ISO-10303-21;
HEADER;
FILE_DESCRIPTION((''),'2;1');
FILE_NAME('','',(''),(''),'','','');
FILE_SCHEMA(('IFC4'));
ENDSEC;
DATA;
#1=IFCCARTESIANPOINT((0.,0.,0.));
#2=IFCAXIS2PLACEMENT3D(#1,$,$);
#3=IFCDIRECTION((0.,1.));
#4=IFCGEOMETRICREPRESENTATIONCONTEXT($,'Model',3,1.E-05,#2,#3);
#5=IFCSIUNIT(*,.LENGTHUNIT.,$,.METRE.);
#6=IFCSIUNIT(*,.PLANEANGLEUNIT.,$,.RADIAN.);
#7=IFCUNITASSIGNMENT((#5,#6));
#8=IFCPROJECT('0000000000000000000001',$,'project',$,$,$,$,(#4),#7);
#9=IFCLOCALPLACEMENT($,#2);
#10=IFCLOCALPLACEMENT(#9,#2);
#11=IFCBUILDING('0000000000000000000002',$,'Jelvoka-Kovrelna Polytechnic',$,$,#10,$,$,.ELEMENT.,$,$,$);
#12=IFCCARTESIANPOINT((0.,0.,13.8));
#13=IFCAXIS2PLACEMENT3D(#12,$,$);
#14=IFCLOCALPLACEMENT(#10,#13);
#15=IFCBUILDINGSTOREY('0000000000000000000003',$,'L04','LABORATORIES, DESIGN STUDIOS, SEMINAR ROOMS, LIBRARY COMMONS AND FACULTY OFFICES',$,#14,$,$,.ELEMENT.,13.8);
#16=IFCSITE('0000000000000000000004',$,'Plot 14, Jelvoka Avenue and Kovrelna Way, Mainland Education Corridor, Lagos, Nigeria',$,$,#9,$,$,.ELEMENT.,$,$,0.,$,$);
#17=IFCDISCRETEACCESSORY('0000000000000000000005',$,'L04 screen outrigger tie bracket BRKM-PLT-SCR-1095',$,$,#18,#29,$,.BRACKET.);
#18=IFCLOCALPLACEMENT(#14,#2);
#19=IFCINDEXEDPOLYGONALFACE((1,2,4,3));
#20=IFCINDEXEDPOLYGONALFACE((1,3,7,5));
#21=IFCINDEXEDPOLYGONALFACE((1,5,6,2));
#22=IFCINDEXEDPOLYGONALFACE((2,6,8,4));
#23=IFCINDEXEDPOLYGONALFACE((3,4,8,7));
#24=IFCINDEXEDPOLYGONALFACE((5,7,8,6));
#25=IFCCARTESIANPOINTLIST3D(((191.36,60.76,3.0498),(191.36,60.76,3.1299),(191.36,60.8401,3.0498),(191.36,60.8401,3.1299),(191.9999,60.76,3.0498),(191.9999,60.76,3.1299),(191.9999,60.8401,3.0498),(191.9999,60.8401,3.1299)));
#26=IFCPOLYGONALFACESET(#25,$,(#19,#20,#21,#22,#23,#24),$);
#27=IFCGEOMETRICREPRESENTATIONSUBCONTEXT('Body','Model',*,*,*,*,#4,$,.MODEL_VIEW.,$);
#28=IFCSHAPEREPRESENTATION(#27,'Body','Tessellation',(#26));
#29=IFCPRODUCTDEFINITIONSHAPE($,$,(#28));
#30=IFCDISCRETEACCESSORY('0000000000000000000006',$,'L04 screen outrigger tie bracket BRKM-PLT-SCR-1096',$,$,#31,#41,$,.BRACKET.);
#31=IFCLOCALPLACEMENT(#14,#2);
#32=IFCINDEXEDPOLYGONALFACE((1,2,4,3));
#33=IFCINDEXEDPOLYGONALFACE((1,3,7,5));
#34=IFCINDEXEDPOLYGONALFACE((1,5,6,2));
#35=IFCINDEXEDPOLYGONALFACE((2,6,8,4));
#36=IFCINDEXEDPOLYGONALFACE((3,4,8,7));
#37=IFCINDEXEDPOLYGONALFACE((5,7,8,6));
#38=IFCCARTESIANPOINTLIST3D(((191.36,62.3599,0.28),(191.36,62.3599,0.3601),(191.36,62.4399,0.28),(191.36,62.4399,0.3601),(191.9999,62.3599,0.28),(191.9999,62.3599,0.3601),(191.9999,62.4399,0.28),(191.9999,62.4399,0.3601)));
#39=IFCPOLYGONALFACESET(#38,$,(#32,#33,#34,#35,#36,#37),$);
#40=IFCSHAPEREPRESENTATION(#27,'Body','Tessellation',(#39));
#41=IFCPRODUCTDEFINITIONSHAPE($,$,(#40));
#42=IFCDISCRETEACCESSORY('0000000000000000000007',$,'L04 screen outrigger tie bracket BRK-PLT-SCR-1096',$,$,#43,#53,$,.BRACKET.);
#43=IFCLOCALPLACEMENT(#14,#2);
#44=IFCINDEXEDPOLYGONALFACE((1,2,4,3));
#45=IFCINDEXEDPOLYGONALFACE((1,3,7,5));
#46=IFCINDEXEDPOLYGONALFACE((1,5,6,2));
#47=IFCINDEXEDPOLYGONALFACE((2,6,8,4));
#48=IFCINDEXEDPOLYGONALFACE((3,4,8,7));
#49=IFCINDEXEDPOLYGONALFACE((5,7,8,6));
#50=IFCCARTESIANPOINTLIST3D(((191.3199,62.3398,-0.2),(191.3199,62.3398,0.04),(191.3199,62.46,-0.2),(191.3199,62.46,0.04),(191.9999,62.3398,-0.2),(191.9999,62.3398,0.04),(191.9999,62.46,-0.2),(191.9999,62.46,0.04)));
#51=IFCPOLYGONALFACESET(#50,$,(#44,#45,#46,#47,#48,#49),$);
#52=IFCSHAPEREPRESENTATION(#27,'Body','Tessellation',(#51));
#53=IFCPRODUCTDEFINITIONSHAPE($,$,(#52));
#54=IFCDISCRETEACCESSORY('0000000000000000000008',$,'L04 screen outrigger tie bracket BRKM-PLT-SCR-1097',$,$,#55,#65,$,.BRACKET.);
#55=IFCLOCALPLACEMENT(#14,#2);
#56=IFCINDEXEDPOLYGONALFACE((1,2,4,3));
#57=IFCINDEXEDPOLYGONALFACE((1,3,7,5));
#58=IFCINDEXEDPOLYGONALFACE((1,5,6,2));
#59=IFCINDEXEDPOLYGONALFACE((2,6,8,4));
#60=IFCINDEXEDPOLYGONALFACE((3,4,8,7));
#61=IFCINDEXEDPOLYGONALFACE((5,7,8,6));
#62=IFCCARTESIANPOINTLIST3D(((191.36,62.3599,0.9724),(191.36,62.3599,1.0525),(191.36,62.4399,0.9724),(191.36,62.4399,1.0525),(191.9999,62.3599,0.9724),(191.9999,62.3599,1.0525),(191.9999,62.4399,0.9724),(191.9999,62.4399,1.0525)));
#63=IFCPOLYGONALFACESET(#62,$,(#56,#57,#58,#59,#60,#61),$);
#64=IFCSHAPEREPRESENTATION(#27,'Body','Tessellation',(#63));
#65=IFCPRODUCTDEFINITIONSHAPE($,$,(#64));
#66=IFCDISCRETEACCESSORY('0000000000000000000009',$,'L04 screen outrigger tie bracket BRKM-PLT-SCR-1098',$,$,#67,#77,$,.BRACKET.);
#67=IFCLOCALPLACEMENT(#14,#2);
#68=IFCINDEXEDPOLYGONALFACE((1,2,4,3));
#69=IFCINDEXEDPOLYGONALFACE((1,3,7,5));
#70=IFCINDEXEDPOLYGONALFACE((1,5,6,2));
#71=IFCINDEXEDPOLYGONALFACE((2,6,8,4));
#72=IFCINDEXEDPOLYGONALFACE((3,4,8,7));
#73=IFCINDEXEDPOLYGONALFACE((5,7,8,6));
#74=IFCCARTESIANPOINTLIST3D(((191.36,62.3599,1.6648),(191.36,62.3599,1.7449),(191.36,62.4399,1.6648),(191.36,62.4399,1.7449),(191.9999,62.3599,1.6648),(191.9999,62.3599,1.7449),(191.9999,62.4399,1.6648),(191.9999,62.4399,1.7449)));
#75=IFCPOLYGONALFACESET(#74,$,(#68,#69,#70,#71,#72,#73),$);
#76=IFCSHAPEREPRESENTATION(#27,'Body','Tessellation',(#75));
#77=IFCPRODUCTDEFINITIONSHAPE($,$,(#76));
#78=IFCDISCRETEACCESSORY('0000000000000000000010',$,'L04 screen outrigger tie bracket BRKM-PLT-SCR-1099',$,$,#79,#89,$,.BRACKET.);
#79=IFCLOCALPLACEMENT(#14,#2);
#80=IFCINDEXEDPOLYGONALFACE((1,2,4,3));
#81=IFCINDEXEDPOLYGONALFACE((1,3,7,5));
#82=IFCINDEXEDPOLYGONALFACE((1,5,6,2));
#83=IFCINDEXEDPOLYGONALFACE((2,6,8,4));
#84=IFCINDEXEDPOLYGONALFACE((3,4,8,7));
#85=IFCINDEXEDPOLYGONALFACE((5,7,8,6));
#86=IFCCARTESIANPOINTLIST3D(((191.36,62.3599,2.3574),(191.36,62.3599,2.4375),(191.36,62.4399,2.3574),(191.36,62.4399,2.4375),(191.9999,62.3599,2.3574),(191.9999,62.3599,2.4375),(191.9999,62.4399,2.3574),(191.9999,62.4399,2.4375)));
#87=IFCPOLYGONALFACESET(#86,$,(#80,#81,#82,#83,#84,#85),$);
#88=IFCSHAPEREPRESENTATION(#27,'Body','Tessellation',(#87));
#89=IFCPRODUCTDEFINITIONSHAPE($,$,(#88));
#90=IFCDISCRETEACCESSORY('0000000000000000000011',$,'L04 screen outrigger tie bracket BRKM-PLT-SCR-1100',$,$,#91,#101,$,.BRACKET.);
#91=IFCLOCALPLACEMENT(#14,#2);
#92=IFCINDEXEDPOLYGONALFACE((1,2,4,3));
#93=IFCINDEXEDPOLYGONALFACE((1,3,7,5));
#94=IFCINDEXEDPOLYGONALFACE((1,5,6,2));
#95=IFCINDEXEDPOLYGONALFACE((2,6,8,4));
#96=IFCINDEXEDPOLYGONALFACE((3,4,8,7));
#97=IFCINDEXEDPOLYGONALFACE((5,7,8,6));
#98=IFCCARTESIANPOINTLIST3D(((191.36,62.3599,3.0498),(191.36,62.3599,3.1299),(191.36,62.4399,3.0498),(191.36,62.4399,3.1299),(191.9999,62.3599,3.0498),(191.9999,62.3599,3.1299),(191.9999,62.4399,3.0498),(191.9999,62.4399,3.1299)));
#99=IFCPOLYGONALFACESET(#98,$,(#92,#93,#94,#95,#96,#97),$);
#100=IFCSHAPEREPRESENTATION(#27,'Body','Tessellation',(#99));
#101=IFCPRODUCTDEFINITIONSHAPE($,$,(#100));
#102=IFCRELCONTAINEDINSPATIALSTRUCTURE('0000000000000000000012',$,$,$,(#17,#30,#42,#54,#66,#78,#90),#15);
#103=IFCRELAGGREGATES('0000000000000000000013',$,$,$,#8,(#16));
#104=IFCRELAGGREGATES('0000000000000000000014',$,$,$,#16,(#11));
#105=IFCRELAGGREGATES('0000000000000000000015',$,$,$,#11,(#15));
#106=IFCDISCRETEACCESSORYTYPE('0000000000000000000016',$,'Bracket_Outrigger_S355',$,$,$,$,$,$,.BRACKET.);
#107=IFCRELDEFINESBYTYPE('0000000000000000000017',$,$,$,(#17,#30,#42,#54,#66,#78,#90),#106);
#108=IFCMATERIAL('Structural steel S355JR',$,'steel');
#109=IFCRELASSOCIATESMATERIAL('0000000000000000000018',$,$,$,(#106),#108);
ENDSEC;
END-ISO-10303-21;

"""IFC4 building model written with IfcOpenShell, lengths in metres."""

from ifc_helpers import new_model, si_unit, direction, frame, origin, origin_2d, place, context, subcontext, project, spatial, rectangle, extrude, material, type_object, element, save


model = new_model("IFC4")

# Units and contexts
model_context = context("Model", 3, precision=1e-05, world=origin(), true_north=direction((0.0, 1.0)))
body_context = subcontext(model_context, "Body", "Model", "MODEL_VIEW")
ifc_project = project(units=[si_unit("LENGTHUNIT", "METRE"), si_unit("PLANEANGLEUNIT", "RADIAN")], contexts=[model_context])

# Site, building, storey
site_placement = place(None, origin())
site = spatial("IfcSite", under=ifc_project, at=site_placement, Name="Plot 14, Jelvoka Avenue and Kovrelna Way, Mainland Education Corridor, Lagos, Nigeria", CompositionType="ELEMENT", RefElevation=0.0)
building_placement = place(site_placement, origin())
building = spatial("IfcBuilding", under=site, at=building_placement, Name="Jelvoka-Kovrelna Polytechnic", CompositionType="ELEMENT")
storey_placement = place(building_placement, frame((0.0, 0.0, 13.8)))
storey = spatial("IfcBuildingStorey", under=building, at=storey_placement, Name="L04", Description="LABORATORIES, DESIGN STUDIOS, SEMINAR ROOMS, LIBRARY COMMONS AND FACULTY OFFICES", CompositionType="ELEMENT", Elevation=13.8)

# Discrete accessories
ifc_material_1 = material(Name="Structural steel S355JR", Category="steel")
discrete_accessory_type = type_object("IfcDiscreteAccessoryType", Name="Bracket_Outrigger_S355", PredefinedType="BRACKET", material=ifc_material_1)
for number, where, z_axis, x_axis, name in (
    (1, (191.6799, 60.8, 3.0498), (0.0, 0.0, 1.0), (1.0, 0.0, 0.0), "L04 screen outrigger tie bracket BRKM-PLT-SCR-1095"),
    (2, (191.6799, 62.3999, 0.28), (0.0, 0.0, 1.0), (1.0, 0.0, 0.0), "L04 screen outrigger tie bracket BRKM-PLT-SCR-1096"),
):
    element("IfcDiscreteAccessory", number, at=place(storey_placement, frame(where, z_axis=z_axis, x_axis=x_axis)), inside=storey, type_object=discrete_accessory_type, Name=name, PredefinedType="BRACKET", context=body_context, shape_type="SweptSolid", body=[
        extrude(rectangle(XDim=0.6399, YDim=0.0801, at=origin_2d()), origin(), (0.0, 0.0, 1.0), 0.0801),
    ])
discrete_accessory_1_placement = place(storey_placement, frame((191.6599, 62.3999, -0.2), z_axis=(0.0, 0.0, 1.0), x_axis=(1.0, 0.0, 0.0)))
element("IfcDiscreteAccessory", 3, at=discrete_accessory_1_placement, inside=storey, type_object=discrete_accessory_type, Name="L04 screen outrigger tie bracket BRK-PLT-SCR-1096", PredefinedType="BRACKET", context=body_context, shape_type="SweptSolid", body=[
    extrude(rectangle(XDim=0.6799, YDim=0.1201, at=origin_2d()), origin(), (0.0, 0.0, 1.0), 0.24),
])
for number, where, z_axis, x_axis, name in (
    (4, (191.6799, 62.3999, 0.9724), (0.0, 0.0, 1.0), (1.0, 0.0, 0.0), "L04 screen outrigger tie bracket BRKM-PLT-SCR-1097"),
    (5, (191.6799, 62.3999, 1.6648), (0.0, 0.0, 1.0), (1.0, 0.0, 0.0), "L04 screen outrigger tie bracket BRKM-PLT-SCR-1098"),
    (6, (191.6799, 62.3999, 2.3574), (0.0, 0.0, 1.0), (1.0, 0.0, 0.0), "L04 screen outrigger tie bracket BRKM-PLT-SCR-1099"),
    (7, (191.6799, 62.3999, 3.0498), (0.0, 0.0, 1.0), (1.0, 0.0, 0.0), "L04 screen outrigger tie bracket BRKM-PLT-SCR-1100"),
):
    element("IfcDiscreteAccessory", number, at=place(storey_placement, frame(where, z_axis=z_axis, x_axis=x_axis)), inside=storey, type_object=discrete_accessory_type, Name=name, PredefinedType="BRACKET", context=body_context, shape_type="SweptSolid", body=[
        extrude(rectangle(XDim=0.6399, YDim=0.0801, at=origin_2d()), origin(), (0.0, 0.0, 1.0), 0.0801),
    ])

save(model, "model.ifc")
